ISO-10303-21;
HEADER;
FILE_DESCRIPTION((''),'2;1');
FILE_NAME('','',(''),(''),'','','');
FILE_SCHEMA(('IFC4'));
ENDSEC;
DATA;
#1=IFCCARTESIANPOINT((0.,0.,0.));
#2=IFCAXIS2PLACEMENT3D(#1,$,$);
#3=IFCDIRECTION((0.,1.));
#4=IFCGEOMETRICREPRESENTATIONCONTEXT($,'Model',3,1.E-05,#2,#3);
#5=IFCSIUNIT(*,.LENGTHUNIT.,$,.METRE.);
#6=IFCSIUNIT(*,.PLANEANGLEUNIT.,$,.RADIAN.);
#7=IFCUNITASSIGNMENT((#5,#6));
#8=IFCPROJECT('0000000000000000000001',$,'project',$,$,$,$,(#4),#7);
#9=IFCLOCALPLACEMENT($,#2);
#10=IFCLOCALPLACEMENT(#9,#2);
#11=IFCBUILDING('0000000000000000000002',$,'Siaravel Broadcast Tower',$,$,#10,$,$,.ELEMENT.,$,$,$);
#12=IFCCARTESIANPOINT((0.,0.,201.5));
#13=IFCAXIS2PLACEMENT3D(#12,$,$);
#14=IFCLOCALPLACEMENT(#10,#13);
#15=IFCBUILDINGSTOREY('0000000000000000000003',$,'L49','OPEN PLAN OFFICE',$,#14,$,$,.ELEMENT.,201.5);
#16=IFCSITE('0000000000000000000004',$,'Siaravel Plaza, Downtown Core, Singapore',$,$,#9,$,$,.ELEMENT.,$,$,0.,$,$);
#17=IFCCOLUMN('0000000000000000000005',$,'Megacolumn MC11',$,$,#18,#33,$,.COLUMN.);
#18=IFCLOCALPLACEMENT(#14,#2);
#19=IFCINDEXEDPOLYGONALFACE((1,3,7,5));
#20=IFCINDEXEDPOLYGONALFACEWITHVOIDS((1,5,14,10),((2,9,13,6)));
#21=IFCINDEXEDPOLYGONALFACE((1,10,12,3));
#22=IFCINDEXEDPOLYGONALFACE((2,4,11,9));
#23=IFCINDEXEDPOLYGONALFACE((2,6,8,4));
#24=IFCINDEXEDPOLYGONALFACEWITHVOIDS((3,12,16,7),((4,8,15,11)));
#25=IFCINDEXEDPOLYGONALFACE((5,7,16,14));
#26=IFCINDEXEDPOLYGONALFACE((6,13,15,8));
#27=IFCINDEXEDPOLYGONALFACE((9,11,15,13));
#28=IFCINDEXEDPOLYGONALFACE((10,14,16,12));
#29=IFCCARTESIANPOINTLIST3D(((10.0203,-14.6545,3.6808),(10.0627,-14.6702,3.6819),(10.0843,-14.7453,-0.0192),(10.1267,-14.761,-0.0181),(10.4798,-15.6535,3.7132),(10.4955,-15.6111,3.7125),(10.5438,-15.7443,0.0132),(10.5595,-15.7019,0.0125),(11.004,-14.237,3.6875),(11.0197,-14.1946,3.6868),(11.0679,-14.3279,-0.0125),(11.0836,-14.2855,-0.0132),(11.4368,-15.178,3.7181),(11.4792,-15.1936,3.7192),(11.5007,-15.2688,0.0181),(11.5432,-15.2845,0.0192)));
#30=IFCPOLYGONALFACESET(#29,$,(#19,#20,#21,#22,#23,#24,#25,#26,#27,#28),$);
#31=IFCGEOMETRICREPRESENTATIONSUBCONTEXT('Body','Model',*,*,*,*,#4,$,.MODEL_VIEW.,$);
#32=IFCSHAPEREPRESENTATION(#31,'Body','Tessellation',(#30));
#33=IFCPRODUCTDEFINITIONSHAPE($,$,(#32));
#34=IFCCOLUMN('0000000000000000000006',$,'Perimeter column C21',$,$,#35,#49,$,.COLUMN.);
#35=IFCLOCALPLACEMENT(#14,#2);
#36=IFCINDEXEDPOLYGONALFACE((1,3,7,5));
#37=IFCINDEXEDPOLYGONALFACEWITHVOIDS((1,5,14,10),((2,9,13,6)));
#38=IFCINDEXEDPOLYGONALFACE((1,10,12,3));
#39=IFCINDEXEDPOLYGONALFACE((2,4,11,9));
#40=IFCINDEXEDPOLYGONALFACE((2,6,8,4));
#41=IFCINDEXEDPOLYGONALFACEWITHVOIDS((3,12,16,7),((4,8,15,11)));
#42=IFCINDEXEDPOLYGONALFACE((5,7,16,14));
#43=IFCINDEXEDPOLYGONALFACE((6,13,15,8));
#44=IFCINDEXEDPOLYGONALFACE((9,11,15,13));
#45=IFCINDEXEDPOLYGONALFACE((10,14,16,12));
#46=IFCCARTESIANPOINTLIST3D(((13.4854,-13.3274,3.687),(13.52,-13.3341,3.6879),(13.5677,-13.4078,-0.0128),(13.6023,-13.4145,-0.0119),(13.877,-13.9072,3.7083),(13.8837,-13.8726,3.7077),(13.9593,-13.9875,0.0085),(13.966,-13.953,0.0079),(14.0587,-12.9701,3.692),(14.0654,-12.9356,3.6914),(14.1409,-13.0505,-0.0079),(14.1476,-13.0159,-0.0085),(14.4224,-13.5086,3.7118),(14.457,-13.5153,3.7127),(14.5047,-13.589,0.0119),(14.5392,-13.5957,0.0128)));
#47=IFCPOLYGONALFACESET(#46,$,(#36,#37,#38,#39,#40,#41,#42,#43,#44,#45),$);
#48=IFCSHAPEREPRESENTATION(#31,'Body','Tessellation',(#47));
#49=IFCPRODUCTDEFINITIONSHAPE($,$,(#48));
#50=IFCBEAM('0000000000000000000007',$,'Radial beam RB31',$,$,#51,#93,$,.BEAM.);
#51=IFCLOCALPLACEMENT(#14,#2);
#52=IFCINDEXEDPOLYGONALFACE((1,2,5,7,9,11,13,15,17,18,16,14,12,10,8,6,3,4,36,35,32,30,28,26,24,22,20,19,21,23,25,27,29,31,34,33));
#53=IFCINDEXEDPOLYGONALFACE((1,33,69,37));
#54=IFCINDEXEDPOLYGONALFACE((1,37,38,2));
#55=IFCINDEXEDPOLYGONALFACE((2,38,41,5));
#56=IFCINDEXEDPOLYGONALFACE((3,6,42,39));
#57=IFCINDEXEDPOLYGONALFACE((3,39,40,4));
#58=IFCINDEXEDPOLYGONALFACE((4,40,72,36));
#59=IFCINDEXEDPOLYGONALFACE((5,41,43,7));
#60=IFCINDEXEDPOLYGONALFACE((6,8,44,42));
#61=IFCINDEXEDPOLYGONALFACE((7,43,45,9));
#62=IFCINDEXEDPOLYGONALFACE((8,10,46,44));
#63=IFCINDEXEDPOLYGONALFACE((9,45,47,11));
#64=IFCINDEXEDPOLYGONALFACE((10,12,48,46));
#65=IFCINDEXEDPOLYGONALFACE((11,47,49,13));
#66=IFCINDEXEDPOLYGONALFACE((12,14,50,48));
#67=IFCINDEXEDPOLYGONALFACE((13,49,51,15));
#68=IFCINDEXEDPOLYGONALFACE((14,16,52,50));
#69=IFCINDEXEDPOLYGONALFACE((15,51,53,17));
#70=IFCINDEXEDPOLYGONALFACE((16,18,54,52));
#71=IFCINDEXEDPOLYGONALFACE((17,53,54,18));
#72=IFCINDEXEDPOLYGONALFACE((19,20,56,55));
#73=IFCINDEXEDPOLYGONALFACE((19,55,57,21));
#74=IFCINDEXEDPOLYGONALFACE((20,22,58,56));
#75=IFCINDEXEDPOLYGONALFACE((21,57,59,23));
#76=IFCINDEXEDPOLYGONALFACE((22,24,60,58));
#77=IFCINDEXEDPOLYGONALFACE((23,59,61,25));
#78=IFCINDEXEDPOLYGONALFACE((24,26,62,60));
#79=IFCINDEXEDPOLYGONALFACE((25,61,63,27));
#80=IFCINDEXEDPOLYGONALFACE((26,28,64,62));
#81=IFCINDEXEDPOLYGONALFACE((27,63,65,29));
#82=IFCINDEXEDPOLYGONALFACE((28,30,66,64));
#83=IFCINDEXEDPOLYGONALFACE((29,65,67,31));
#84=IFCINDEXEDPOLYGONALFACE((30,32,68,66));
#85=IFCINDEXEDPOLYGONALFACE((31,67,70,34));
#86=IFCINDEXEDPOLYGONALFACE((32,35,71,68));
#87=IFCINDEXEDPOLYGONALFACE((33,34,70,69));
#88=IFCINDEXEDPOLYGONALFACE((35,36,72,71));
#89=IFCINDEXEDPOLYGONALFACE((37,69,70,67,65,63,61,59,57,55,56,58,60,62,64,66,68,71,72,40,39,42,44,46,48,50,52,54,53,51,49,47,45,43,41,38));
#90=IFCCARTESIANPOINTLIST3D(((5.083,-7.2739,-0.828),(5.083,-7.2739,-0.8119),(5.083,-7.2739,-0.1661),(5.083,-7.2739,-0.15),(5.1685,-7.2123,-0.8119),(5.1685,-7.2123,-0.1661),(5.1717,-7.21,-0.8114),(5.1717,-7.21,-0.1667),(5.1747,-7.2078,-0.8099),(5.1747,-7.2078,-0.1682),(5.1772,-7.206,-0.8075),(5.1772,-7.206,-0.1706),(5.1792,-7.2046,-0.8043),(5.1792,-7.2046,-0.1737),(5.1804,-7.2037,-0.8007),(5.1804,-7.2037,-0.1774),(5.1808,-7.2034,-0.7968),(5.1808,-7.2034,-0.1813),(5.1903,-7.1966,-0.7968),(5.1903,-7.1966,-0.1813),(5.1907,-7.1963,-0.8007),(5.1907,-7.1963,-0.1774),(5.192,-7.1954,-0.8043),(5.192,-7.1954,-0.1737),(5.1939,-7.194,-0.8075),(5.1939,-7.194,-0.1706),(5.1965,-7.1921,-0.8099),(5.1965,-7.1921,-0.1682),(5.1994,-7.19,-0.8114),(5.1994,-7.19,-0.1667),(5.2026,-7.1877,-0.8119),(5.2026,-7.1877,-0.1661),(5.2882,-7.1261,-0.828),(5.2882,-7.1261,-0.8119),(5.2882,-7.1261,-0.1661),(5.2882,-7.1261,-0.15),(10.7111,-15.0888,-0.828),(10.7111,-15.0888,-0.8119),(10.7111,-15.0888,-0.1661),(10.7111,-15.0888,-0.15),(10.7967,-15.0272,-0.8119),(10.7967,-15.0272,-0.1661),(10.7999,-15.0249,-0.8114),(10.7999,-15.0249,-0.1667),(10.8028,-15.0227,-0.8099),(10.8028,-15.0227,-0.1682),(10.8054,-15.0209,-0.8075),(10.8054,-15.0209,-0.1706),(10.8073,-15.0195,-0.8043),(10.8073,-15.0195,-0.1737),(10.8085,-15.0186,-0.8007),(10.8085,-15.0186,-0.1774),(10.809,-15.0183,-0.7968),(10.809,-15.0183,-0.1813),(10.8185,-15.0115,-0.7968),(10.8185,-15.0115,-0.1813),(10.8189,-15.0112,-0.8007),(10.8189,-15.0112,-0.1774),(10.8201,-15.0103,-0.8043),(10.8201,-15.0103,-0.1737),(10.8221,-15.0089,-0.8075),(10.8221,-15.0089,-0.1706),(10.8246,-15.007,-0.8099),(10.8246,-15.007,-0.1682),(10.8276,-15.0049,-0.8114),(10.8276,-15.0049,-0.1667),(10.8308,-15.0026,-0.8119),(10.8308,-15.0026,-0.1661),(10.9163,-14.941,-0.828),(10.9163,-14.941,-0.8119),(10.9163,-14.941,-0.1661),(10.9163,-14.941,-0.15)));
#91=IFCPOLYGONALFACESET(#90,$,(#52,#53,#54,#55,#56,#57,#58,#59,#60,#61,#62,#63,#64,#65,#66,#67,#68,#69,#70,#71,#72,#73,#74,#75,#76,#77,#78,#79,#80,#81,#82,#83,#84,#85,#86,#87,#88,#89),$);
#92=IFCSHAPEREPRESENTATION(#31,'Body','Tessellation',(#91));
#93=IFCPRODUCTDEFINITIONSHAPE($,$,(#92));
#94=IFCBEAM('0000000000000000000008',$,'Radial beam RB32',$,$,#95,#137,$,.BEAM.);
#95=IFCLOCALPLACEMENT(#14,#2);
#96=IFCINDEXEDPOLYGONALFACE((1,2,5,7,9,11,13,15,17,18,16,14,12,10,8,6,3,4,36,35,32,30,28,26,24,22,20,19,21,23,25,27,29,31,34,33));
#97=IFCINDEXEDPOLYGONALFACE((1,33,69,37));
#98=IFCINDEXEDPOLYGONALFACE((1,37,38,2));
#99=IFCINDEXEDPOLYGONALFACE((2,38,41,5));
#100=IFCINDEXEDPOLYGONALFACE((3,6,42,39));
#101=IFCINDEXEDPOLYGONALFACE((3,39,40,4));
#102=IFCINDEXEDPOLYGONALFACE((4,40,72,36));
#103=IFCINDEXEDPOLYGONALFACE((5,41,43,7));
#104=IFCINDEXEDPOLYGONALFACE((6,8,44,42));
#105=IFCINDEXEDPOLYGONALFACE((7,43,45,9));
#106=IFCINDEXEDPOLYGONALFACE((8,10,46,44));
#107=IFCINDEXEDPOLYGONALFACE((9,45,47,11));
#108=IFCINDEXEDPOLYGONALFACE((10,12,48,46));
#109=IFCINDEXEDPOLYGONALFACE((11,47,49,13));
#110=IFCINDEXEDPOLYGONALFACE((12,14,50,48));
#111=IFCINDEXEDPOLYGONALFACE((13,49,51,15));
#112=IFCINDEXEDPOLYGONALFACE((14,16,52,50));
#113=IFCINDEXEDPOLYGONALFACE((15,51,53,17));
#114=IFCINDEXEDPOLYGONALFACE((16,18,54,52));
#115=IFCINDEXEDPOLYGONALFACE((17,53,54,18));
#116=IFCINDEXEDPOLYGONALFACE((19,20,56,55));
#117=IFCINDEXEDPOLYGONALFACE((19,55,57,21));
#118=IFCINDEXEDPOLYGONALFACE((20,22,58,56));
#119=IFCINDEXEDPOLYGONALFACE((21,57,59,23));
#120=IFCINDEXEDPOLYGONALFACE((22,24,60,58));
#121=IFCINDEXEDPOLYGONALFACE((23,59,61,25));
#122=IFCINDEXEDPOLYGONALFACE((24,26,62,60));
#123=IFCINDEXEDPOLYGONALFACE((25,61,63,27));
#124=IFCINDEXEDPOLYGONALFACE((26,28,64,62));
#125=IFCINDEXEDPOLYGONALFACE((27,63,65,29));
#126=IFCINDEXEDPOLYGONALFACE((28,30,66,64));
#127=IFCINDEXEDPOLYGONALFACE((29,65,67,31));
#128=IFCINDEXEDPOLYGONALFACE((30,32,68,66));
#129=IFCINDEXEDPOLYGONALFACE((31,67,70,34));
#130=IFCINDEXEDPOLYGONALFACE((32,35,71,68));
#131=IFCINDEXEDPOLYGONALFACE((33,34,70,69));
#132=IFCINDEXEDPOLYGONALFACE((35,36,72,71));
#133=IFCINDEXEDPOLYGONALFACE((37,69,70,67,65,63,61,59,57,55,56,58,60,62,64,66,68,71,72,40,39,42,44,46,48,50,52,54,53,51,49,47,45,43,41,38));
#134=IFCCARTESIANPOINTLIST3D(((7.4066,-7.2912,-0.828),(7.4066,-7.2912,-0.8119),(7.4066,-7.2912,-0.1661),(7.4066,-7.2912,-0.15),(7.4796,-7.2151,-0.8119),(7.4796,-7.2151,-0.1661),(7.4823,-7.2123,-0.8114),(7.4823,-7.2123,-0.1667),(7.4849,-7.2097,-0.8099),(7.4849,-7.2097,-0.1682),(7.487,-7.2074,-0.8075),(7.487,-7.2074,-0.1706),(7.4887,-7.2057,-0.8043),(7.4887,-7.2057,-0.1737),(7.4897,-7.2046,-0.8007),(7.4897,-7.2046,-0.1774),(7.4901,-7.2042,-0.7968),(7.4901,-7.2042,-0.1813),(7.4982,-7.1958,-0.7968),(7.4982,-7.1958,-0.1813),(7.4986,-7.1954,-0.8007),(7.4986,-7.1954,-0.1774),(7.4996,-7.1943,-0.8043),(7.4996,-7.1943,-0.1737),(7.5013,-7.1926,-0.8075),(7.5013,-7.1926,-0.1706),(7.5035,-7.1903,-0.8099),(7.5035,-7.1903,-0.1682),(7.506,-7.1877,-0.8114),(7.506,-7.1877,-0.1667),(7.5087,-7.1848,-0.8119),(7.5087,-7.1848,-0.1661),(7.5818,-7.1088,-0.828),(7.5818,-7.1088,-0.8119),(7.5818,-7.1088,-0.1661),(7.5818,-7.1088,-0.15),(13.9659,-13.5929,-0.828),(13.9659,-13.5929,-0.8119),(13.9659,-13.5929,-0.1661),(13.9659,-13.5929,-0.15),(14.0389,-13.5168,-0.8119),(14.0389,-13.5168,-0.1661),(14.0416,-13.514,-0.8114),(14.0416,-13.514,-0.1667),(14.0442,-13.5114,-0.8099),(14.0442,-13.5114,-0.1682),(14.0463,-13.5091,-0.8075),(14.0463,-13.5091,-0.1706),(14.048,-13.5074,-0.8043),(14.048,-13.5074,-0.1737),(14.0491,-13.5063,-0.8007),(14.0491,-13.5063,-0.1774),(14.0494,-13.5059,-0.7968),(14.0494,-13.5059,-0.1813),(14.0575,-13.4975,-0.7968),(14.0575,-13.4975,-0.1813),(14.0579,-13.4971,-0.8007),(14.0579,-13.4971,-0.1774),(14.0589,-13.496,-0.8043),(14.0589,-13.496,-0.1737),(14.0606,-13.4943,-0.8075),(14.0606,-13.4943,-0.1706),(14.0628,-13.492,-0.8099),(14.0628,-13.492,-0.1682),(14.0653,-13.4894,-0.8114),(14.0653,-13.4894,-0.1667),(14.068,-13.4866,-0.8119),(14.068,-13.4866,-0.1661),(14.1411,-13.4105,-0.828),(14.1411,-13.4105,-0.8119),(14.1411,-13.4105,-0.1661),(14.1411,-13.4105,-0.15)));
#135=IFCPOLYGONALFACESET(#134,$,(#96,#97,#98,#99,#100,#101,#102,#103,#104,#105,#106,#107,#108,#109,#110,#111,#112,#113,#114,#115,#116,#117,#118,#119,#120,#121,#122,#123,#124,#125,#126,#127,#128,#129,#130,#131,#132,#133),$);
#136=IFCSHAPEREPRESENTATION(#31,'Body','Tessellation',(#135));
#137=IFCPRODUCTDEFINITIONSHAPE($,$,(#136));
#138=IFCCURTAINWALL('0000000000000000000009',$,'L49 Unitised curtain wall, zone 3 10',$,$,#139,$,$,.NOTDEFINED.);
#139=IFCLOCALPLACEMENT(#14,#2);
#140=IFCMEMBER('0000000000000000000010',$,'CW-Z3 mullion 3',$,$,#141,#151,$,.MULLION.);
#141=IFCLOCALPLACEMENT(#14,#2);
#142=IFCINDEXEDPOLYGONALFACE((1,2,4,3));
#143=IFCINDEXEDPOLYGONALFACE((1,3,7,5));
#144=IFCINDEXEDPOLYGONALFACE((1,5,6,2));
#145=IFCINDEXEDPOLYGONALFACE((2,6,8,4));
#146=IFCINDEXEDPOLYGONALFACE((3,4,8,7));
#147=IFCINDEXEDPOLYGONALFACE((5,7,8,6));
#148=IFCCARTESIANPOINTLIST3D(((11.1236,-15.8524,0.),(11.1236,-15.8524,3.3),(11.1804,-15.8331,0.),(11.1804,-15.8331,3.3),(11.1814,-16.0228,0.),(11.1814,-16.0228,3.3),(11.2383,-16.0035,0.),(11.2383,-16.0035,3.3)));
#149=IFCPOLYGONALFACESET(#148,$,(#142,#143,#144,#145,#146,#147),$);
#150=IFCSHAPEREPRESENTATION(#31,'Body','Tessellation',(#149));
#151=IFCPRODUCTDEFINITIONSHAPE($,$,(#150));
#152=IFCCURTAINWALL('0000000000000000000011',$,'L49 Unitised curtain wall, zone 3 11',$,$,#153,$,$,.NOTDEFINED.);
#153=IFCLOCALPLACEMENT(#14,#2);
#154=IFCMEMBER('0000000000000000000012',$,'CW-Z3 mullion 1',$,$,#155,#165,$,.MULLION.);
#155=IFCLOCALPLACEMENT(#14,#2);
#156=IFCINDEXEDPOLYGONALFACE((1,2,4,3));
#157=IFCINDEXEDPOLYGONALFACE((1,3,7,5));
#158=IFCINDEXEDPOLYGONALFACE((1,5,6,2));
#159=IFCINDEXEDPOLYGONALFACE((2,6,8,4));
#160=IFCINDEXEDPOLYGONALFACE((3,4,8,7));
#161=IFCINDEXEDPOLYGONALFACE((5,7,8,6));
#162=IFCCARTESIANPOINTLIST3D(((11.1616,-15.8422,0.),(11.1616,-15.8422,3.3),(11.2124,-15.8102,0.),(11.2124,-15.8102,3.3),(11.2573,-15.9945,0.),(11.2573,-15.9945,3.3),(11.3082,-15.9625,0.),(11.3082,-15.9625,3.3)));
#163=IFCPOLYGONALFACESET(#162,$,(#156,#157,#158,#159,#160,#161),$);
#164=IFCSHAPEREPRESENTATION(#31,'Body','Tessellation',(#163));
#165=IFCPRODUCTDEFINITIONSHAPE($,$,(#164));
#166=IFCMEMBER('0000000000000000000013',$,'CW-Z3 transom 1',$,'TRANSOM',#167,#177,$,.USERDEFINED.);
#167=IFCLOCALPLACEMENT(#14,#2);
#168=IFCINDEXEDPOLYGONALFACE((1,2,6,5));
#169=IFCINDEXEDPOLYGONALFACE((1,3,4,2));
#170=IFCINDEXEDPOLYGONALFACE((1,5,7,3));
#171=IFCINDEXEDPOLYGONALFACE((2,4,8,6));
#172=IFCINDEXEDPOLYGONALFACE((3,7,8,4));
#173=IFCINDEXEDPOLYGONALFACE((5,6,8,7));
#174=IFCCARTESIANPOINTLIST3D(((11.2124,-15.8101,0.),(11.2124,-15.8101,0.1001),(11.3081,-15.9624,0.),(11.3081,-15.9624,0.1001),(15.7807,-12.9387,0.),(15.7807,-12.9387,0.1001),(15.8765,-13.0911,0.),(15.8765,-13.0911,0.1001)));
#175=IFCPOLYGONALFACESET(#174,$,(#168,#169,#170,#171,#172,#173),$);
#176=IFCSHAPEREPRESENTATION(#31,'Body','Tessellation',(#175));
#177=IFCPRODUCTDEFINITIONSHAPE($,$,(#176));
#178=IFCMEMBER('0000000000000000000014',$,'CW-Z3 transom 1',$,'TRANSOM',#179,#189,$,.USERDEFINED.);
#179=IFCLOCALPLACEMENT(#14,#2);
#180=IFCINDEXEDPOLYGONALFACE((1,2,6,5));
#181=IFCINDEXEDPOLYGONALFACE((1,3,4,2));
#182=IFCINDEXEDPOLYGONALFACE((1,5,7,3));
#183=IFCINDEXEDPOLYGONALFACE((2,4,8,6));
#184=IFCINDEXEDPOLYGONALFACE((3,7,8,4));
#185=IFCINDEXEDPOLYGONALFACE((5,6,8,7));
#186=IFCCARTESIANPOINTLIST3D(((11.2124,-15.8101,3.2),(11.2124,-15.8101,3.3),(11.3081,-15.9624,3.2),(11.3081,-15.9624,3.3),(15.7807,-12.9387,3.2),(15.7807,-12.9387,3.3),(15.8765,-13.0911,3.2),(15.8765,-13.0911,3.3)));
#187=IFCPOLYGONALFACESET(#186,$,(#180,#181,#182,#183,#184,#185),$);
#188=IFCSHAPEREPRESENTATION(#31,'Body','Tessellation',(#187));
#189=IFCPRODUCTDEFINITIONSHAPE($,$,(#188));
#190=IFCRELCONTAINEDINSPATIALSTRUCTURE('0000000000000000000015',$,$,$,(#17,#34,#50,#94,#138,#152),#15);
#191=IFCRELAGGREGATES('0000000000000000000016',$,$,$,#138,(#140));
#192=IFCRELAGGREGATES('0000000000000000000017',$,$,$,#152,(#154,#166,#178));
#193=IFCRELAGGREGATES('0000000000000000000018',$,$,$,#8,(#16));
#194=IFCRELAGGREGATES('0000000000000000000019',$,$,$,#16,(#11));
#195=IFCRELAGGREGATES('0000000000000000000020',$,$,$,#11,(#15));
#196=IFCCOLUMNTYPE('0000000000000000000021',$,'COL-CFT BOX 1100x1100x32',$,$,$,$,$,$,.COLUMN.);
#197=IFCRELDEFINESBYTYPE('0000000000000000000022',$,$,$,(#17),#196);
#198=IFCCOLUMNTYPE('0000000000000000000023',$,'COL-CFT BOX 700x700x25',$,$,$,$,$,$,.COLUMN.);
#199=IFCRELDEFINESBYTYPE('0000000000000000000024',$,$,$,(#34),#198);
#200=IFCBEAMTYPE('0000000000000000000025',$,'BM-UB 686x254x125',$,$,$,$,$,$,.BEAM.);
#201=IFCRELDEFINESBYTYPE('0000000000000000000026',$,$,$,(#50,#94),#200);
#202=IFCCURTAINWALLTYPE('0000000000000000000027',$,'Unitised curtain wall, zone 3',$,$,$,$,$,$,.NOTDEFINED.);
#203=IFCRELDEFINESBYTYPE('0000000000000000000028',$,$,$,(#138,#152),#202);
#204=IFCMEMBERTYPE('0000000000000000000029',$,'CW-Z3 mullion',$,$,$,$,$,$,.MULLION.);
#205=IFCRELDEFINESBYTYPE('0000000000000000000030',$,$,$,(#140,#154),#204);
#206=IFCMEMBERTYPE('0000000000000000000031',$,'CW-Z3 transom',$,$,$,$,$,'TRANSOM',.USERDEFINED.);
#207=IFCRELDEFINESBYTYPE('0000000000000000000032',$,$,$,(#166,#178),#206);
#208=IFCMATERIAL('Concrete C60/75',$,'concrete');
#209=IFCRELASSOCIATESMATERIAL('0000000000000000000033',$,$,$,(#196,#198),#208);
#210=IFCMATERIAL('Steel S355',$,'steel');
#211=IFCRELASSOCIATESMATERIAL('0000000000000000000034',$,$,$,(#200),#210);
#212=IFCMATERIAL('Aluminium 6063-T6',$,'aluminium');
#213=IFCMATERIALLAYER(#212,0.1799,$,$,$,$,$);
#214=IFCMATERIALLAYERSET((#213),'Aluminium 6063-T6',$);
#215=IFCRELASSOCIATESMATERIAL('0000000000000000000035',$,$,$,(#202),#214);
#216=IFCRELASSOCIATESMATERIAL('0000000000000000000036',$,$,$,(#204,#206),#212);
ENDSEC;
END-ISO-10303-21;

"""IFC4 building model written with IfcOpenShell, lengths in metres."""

from ifc_helpers import new_model, si_unit, direction, frame, origin, origin_2d, place, context, subcontext, project, spatial, rectangle, hollow_rectangle, i_section, extrude, material, layer, layer_set, material_profile, profile_set, type_object, element, aggregate, save


model = new_model("IFC4")

# Units and contexts
model_context = context("Model", 3, precision=1e-05, world=origin(), true_north=direction((0.0, 1.0)))
body_context = subcontext(model_context, "Body", "Model", "MODEL_VIEW")
ifc_project = project(units=[si_unit("LENGTHUNIT", "METRE"), si_unit("PLANEANGLEUNIT", "RADIAN")], contexts=[model_context])

# Site, building, storey
site_placement = place(None, origin())
site = spatial("IfcSite", under=ifc_project, at=site_placement, Name="Siaravel Plaza, Downtown Core, Singapore", CompositionType="ELEMENT", RefElevation=0.0)
building_placement = place(site_placement, origin())
building = spatial("IfcBuilding", under=site, at=building_placement, Name="Siaravel Broadcast Tower", CompositionType="ELEMENT")
storey_placement = place(building_placement, frame((0.0, 0.0, 201.5)))
storey = spatial("IfcBuildingStorey", under=building, at=storey_placement, Name="L49", Description="OPEN PLAN OFFICE", CompositionType="ELEMENT", Elevation=201.5)

# Columns
ifc_material_1 = material(Name="Concrete C60/75", Category="concrete")
ifc_material_profile_1 = material_profile(ifc_material_1, hollow_rectangle(XDim=1.1001, YDim=1.1001, WallThickness=0.032, at=origin_2d()))
ifc_profile_set_1 = profile_set([ifc_material_profile_1], Name="Concrete C60/75")
column_type_1 = type_object("IfcColumnType", Name="COL-CFT BOX 1100x1100x32", PredefinedType="COLUMN", material=ifc_profile_set_1)
column_1_placement = place(storey_placement, frame((10.8137, -15.0149, 0.0), z_axis=(-0.01728, 0.024535, 0.99955), x_axis=(-0.908417, -0.41803, -0.005444)))
element("IfcColumn", 1, at=column_1_placement, inside=storey, type_object=column_type_1, Name="Megacolumn MC11", PredefinedType="COLUMN", context=body_context, shape_type="SweptSolid", body=[
    extrude(hollow_rectangle(XDim=1.1001, YDim=1.1001, WallThickness=0.032, at=origin_2d()), origin(), (0.0, 0.0, 1.0), 3.7017),
])
ifc_material_profile_2 = material_profile(ifc_material_1, hollow_rectangle(XDim=0.7, YDim=0.7, WallThickness=0.0249, at=origin_2d()))
ifc_profile_set_2 = profile_set([ifc_material_profile_2], Name="Concrete C60/75")
column_type_2 = type_object("IfcColumnType", Name="COL-CFT BOX 700x700x25", PredefinedType="COLUMN", material=ifc_profile_set_2)
column_2_placement = place(storey_placement, frame((14.0535, -13.5017, 0.0), z_axis=(-0.022226, 0.021699, 0.999517), x_axis=(-0.828556, -0.559871, -0.00627)))
element("IfcColumn", 2, at=column_2_placement, inside=storey, type_object=column_type_2, Name="Perimeter column C21", PredefinedType="COLUMN", context=body_context, shape_type="SweptSolid", body=[
    extrude(hollow_rectangle(XDim=0.7, YDim=0.7, WallThickness=0.0249, at=origin_2d()), origin(), (0.0, 0.0, 1.0), 3.7017),
])

# Beams
ifc_material_2 = material(Name="Steel S355", Category="steel")
ifc_material_profile_3 = material_profile(ifc_material_2, i_section(OverallWidth=0.2529, OverallDepth=0.678, WebThickness=0.0117, FlangeThickness=0.0161, FilletRadius=0.0151, at=origin_2d()))
ifc_profile_set_3 = profile_set([ifc_material_profile_3], Name="Steel S355")
beam_type = type_object("IfcBeamType", Name="BM-UB 686x254x125", PredefinedType="BEAM", material=ifc_profile_set_3)
beam_1_placement = place(storey_placement, frame((10.8137, -15.0149, -0.489), z_axis=(-0.584402, 0.811465, 0.0), x_axis=(-0.811465, -0.584402, 0.0)))
element("IfcBeam", 3, at=beam_1_placement, inside=storey, type_object=beam_type, Name="Radial beam RB31", PredefinedType="BEAM", context=body_context, shape_type="SweptSolid", body=[
    extrude(i_section(OverallWidth=0.2529, OverallDepth=0.678, WebThickness=0.0117, FlangeThickness=0.0161, FilletRadius=0.0151, at=origin_2d()), origin(), (0.0, 0.0, 1.0), 9.6306),
])
beam_2_placement = place(storey_placement, frame((14.0535, -13.5017, -0.489), z_axis=(-0.721123, 0.692807, 0.0), x_axis=(-0.692807, -0.721123, 0.0)))
element("IfcBeam", 4, at=beam_2_placement, inside=storey, type_object=beam_type, Name="Radial beam RB32", PredefinedType="BEAM", context=body_context, shape_type="SweptSolid", body=[
    extrude(i_section(OverallWidth=0.2529, OverallDepth=0.678, WebThickness=0.0117, FlangeThickness=0.0161, FilletRadius=0.0151, at=origin_2d()), origin(), (0.0, 0.0, 1.0), 9.0959),
])

# Curtain wall, member
ifc_material_3 = material(Name="Aluminium 6063-T6", Category="aluminium")
ifc_layer_1 = layer(ifc_material_3, 0.1799)
ifc_layer_set_1 = layer_set([ifc_layer_1], Name="Aluminium 6063-T6")
curtain_wall_type = type_object("IfcCurtainWallType", Name="Unitised curtain wall, zone 3", PredefinedType="NOTDEFINED", material=ifc_layer_set_1)
curtain_wall_1_placement = place(storey_placement, origin())
curtain_wall_1 = element("IfcCurtainWall", 5, at=curtain_wall_1_placement, inside=storey, type_object=curtain_wall_type, Name="L49 Unitised curtain wall, zone 3 10", PredefinedType="NOTDEFINED")
ifc_material_profile_4 = material_profile(ifc_material_3, rectangle(XDim=0.1799, YDim=0.0601, at=origin_2d()))
ifc_profile_set_4 = profile_set([ifc_material_profile_4], Name="Aluminium 6063-T6")
member_type_1 = type_object("IfcMemberType", Name="CW-Z3 mullion", PredefinedType="MULLION", material=ifc_profile_set_4)
member_1_placement = place(storey_placement, frame((11.1809, -15.928, 0.0), z_axis=(0.0, 0.0, 1.0), x_axis=(-0.321302, 0.946977, 0.0)))
member_1 = element("IfcMember", 6, at=member_1_placement, type_object=member_type_1, Name="CW-Z3 mullion 3", PredefinedType="MULLION", context=body_context, shape_type="SweptSolid", body=[
    extrude(rectangle(XDim=0.1799, YDim=0.0601, at=origin_2d()), origin(), (0.0, 0.0, 1.0), 3.3),
])
aggregate(curtain_wall_1, [member_1])

# Curtain wall, members
curtain_wall_2_placement = place(storey_placement, origin())
curtain_wall_2 = element("IfcCurtainWall", 7, at=curtain_wall_2_placement, inside=storey, type_object=curtain_wall_type, Name="L49 Unitised curtain wall, zone 3 11", PredefinedType="NOTDEFINED")
member_2_placement = place(storey_placement, frame((11.2349, -15.9023, 0.0), z_axis=(0.0, 0.0, 1.0), x_axis=(-0.532151, 0.846649, 0.0)))
member_2 = element("IfcMember", 8, at=member_2_placement, type_object=member_type_1, Name="CW-Z3 mullion 1", PredefinedType="MULLION", context=body_context, shape_type="SweptSolid", body=[
    extrude(rectangle(XDim=0.1799, YDim=0.0601, at=origin_2d()), origin(), (0.0, 0.0, 1.0), 3.3),
])
ifc_material_profile_5 = material_profile(ifc_material_3, rectangle(XDim=0.1799, YDim=0.1001, at=origin_2d()))
ifc_profile_set_5 = profile_set([ifc_material_profile_5], Name="Aluminium 6063-T6")
member_type_2 = type_object("IfcMemberType", Name="CW-Z3 transom", ElementType="TRANSOM", PredefinedType="USERDEFINED", material=ifc_profile_set_5)
member_3_placement = place(storey_placement, frame((11.2603, -15.8862, 0.05), z_axis=(0.846653, 0.532145, 0.0), x_axis=(-0.532145, 0.846653, 0.0)))
member_3 = element("IfcMember", 9, at=member_3_placement, type_object=member_type_2, Name="CW-Z3 transom 1", ObjectType="TRANSOM", PredefinedType="USERDEFINED", context=body_context, shape_type="SweptSolid", body=[
    extrude(rectangle(XDim=0.1799, YDim=0.1001, at=origin_2d()), origin(), (0.0, 0.0, 1.0), 5.3958),
])
member_4_placement = place(storey_placement, frame((11.2603, -15.8862, 3.25), z_axis=(0.846653, 0.532145, 0.0), x_axis=(-0.532145, 0.846653, 0.0)))
member_4 = element("IfcMember", 10, at=member_4_placement, type_object=member_type_2, Name="CW-Z3 transom 1", ObjectType="TRANSOM", PredefinedType="USERDEFINED", context=body_context, shape_type="SweptSolid", body=[
    extrude(rectangle(XDim=0.1799, YDim=0.1001, at=origin_2d()), origin(), (0.0, 0.0, 1.0), 5.3958),
])
aggregate(curtain_wall_2, [member_2, member_3, member_4])

save(model, "model.ifc")
